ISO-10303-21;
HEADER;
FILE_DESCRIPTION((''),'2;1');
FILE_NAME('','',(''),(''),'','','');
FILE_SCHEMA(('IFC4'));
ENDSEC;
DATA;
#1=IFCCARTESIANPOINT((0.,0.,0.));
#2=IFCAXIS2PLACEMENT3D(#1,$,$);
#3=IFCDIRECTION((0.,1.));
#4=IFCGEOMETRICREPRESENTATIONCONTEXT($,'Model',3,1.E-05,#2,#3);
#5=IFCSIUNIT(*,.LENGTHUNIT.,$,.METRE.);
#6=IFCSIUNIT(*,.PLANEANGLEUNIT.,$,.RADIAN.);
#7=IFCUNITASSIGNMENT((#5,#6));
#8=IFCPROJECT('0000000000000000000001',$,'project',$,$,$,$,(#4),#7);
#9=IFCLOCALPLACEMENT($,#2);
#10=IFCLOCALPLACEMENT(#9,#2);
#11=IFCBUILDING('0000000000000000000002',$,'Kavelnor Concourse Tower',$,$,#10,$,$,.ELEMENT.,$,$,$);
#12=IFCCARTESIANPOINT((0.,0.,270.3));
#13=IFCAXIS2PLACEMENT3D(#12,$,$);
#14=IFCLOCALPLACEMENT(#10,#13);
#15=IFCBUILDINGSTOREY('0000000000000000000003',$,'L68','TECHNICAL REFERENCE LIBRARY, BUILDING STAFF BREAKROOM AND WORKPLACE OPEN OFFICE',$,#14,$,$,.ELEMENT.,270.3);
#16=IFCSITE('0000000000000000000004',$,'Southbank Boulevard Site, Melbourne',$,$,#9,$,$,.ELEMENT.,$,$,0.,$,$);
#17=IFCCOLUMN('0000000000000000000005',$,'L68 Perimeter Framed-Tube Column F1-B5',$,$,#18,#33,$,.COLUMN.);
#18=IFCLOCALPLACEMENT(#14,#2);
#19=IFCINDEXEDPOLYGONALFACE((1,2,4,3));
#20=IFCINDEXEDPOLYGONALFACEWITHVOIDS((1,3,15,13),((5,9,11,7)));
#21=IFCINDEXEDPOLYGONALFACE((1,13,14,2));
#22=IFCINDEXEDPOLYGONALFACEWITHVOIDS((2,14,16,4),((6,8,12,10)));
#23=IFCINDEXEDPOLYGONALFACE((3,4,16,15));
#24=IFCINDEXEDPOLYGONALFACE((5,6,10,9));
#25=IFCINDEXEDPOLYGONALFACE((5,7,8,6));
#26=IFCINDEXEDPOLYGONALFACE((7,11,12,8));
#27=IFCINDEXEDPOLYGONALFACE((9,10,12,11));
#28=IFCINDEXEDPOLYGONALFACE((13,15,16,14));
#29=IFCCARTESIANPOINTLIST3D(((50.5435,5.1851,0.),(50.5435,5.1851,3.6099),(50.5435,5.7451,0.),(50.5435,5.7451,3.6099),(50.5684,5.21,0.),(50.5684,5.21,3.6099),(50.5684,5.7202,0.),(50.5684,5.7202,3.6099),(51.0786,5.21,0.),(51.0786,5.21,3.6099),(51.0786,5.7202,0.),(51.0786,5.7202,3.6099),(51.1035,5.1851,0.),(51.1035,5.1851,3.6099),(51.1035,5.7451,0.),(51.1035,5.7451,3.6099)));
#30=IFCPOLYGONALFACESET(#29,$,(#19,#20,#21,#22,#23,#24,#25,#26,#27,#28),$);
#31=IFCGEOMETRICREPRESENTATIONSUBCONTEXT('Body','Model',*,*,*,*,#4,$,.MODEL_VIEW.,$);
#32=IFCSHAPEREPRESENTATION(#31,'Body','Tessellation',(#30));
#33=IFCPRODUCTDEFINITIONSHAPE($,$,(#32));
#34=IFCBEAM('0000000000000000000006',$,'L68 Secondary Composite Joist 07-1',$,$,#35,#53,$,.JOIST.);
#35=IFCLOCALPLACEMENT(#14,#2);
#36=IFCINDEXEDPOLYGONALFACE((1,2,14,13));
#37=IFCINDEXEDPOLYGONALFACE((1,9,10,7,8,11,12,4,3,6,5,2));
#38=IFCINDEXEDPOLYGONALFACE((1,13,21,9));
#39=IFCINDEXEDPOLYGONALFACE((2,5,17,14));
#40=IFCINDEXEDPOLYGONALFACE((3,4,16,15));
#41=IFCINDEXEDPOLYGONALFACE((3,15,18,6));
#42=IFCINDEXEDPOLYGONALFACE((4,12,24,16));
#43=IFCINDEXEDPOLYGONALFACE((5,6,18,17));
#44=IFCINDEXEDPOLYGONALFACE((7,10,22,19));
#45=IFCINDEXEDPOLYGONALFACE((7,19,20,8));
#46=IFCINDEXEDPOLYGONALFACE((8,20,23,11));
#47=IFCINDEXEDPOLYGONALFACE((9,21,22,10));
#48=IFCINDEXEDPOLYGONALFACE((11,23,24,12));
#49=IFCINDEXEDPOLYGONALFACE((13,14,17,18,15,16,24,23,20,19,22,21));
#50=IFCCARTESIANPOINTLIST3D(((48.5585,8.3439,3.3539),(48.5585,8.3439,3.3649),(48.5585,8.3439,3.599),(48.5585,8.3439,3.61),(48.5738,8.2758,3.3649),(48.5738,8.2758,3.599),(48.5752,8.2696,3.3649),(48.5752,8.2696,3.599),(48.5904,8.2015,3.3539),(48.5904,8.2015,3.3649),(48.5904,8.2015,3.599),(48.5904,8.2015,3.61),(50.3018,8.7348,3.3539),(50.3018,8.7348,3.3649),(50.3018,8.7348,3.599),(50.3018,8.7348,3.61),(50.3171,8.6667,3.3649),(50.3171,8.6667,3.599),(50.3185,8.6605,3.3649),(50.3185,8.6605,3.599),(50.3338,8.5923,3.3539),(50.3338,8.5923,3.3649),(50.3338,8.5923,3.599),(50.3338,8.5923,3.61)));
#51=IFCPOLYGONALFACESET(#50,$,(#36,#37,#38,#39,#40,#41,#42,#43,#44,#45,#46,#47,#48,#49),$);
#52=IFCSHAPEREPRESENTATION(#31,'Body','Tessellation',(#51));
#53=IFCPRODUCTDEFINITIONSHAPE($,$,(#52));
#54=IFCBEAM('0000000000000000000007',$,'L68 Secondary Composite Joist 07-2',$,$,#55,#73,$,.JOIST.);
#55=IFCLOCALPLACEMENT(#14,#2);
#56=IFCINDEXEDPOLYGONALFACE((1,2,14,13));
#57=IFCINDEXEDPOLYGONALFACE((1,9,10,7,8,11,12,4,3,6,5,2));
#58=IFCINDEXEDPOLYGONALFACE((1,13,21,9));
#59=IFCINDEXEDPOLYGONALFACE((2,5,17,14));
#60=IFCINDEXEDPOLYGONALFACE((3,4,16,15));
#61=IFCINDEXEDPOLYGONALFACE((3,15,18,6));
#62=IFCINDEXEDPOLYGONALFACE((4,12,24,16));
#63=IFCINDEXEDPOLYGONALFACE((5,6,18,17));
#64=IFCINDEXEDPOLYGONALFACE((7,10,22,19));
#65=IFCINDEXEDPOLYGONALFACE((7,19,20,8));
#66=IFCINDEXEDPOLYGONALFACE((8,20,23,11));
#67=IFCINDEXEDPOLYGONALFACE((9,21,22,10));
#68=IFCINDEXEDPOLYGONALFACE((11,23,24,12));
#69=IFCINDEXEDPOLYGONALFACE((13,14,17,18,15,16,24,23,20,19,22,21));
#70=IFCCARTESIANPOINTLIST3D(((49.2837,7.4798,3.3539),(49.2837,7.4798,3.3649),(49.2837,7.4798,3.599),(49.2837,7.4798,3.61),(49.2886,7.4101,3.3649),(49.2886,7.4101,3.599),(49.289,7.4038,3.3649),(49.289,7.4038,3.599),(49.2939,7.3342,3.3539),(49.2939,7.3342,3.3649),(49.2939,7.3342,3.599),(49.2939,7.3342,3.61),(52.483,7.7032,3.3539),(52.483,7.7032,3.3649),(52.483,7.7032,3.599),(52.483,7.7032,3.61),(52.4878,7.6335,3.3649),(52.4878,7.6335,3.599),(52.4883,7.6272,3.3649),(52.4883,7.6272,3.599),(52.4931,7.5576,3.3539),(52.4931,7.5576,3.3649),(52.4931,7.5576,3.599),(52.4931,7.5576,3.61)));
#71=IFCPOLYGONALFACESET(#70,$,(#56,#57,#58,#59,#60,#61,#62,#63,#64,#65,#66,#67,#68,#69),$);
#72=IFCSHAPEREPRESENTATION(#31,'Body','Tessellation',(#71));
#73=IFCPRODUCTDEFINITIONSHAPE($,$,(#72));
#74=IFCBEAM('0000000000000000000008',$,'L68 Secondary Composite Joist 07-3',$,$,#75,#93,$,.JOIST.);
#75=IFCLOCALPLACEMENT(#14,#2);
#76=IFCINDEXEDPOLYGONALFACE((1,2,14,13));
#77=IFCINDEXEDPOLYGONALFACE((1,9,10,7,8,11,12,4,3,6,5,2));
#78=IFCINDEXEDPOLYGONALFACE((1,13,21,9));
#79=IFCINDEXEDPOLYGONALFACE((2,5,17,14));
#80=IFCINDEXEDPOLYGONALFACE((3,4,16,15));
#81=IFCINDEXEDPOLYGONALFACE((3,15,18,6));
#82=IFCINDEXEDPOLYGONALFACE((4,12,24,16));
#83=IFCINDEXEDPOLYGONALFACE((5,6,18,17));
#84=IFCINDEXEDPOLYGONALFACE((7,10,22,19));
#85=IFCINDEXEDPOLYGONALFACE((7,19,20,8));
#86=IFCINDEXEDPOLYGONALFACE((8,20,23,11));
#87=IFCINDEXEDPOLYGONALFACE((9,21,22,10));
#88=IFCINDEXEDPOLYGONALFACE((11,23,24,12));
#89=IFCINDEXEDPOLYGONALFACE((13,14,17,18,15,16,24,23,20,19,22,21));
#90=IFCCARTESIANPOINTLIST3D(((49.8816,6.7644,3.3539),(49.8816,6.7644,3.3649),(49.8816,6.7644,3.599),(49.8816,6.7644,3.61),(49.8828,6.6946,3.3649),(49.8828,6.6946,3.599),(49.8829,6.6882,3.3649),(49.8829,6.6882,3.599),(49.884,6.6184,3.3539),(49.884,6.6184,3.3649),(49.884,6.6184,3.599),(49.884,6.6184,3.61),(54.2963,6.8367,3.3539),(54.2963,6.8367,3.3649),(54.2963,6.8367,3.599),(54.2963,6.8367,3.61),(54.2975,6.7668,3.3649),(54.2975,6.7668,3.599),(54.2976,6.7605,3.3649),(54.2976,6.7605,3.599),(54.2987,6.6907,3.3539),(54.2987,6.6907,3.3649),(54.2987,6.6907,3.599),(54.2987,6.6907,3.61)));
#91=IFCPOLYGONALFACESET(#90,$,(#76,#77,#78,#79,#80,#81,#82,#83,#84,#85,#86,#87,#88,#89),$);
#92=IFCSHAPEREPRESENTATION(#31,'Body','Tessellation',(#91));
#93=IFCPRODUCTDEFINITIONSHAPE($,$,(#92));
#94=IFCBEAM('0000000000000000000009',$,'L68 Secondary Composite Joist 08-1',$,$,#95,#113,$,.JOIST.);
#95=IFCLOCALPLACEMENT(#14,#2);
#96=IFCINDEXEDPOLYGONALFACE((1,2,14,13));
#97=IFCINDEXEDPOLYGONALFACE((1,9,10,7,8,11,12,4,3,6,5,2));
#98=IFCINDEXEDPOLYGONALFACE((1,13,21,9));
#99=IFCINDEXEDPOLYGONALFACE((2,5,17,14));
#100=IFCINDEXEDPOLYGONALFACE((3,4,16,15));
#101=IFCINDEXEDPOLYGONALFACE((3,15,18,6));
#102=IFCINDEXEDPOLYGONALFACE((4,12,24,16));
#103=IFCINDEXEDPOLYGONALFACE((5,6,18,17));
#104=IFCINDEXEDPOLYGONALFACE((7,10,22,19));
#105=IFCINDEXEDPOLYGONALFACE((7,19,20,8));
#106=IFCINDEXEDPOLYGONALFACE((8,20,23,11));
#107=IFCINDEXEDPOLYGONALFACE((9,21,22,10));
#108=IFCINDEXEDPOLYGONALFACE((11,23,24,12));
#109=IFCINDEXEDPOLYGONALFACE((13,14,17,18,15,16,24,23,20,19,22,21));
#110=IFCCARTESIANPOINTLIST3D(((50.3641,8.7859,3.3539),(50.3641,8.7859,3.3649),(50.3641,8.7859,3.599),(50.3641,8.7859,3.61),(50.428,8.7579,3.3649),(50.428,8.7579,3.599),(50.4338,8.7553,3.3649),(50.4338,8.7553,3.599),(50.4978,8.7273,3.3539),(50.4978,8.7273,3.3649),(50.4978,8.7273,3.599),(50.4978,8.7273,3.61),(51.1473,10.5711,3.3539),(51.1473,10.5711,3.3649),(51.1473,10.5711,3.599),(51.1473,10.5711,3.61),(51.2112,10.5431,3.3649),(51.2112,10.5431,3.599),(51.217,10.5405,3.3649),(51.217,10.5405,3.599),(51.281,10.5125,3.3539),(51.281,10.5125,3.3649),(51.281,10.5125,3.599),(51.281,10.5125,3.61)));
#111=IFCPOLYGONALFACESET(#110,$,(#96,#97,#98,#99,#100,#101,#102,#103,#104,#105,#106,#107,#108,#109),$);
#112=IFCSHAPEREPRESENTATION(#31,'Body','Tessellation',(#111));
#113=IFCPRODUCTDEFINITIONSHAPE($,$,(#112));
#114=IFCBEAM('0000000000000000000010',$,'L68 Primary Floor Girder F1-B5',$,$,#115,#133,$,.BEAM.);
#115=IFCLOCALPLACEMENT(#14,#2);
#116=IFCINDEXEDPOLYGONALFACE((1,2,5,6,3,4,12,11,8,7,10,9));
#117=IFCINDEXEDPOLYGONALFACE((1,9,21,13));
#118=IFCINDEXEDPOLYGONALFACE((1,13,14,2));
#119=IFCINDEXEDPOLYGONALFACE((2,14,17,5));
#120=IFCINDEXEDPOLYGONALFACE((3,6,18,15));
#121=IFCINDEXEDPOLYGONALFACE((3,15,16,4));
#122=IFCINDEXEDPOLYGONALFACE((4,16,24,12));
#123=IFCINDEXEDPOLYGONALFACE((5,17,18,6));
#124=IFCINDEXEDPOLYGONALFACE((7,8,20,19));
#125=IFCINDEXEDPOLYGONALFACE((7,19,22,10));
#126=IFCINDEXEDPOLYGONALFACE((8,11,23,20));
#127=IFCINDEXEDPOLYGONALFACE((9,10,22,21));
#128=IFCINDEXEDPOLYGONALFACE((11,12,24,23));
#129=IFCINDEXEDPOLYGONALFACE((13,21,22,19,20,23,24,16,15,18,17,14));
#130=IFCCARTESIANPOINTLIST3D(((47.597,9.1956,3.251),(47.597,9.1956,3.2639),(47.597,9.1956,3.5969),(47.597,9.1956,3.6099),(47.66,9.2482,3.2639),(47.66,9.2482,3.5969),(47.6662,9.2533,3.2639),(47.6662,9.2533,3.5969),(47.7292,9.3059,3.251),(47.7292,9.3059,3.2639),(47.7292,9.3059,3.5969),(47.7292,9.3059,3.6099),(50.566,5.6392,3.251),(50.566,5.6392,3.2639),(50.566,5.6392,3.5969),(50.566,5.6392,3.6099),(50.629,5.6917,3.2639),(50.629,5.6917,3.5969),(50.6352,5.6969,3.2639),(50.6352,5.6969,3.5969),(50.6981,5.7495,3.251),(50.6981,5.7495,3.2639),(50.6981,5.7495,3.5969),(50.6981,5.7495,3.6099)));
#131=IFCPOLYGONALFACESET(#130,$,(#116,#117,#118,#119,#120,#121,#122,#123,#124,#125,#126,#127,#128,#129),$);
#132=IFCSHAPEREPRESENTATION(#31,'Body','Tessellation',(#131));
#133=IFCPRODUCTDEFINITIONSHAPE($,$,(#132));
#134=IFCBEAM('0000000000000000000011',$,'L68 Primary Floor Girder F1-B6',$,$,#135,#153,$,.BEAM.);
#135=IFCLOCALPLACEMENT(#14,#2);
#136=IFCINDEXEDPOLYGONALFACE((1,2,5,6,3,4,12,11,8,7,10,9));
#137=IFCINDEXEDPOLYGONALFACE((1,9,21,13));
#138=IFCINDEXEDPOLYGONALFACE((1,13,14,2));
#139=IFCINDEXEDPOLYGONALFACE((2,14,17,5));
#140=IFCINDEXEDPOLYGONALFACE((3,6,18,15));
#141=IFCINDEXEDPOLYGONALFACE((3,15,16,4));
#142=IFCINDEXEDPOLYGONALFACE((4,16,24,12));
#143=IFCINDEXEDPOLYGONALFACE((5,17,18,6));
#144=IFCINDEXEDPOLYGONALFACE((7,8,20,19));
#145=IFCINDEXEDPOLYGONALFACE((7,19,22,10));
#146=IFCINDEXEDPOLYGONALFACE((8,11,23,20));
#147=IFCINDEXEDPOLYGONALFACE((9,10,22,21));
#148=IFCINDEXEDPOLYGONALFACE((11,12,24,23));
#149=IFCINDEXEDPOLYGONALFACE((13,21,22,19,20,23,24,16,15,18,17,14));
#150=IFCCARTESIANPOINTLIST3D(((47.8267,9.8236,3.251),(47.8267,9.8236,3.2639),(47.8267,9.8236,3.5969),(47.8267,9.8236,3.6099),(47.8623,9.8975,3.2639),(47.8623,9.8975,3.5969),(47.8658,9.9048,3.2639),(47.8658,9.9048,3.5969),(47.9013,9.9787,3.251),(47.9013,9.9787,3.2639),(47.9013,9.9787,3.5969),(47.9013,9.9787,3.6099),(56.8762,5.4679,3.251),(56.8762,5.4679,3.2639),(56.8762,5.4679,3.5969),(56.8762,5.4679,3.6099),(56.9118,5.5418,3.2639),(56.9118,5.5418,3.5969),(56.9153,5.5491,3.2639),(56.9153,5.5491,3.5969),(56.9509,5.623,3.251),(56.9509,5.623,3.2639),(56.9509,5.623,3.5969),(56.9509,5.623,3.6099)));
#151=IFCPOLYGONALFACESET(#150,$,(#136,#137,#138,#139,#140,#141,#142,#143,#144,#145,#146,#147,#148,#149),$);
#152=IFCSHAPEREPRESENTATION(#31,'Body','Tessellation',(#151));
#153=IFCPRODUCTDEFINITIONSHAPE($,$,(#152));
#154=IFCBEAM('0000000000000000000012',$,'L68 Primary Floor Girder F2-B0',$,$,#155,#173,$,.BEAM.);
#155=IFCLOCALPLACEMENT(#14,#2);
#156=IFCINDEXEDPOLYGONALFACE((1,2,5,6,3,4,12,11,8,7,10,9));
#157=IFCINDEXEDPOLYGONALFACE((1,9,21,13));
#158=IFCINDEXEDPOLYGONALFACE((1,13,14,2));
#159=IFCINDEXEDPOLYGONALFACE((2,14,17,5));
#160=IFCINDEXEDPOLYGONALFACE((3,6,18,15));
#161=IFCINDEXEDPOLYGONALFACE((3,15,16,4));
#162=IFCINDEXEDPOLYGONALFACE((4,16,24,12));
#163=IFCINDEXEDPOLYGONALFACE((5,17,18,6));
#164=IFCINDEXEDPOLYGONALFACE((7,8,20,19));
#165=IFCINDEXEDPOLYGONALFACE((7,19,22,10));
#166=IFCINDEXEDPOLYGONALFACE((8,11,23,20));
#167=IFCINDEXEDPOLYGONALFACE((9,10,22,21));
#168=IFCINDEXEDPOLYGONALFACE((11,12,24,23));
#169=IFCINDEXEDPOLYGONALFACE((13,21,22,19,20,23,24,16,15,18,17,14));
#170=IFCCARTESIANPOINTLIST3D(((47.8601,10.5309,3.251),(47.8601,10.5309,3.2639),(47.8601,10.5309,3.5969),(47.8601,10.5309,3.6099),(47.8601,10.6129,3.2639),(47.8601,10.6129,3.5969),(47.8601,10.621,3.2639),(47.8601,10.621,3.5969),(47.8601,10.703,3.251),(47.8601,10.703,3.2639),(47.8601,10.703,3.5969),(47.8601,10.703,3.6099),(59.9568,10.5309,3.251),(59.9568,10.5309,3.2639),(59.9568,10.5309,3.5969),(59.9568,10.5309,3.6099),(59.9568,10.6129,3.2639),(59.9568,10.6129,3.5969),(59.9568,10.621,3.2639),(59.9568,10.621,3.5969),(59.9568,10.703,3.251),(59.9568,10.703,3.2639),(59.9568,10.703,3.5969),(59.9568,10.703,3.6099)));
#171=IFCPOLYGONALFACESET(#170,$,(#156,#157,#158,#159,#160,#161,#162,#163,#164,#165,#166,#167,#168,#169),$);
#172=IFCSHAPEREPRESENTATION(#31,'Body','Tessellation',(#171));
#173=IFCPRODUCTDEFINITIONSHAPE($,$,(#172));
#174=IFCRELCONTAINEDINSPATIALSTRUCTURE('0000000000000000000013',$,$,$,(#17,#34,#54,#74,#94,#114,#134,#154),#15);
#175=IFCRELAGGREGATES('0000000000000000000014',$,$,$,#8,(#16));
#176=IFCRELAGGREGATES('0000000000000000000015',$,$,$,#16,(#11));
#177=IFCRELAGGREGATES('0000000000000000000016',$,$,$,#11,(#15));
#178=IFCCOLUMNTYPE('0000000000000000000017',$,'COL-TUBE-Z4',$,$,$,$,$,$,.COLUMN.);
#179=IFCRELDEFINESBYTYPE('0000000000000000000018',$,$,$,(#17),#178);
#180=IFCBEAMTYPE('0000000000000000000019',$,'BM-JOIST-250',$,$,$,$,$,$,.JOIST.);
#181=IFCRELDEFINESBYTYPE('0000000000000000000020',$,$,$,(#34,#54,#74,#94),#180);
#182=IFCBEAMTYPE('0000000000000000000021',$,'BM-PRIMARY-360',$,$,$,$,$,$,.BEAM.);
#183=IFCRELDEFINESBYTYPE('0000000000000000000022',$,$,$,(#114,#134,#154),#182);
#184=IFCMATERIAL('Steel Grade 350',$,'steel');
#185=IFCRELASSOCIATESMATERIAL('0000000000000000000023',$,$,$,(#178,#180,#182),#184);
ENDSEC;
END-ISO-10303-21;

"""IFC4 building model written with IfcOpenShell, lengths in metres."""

from ifc_helpers import new_model, si_unit, direction, frame, origin, origin_2d, place, context, subcontext, project, spatial, hollow_rectangle, i_section, extrude, material, material_profile, profile_set, type_object, element, save


model = new_model("IFC4")

# Units and contexts
model_context = context("Model", 3, precision=1e-05, world=origin(), true_north=direction((0.0, 1.0)))
body_context = subcontext(model_context, "Body", "Model", "MODEL_VIEW")
ifc_project = project(units=[si_unit("LENGTHUNIT", "METRE"), si_unit("PLANEANGLEUNIT", "RADIAN")], contexts=[model_context])

# Site, building, storey
site_placement = place(None, origin())
site = spatial("IfcSite", under=ifc_project, at=site_placement, Name="Southbank Boulevard Site, Melbourne", CompositionType="ELEMENT", RefElevation=0.0)
building_placement = place(site_placement, origin())
building = spatial("IfcBuilding", under=site, at=building_placement, Name="Kavelnor Concourse Tower", CompositionType="ELEMENT")
storey_placement = place(building_placement, frame((0.0, 0.0, 270.3)))
storey = spatial("IfcBuildingStorey", under=building, at=storey_placement, Name="L68", Description="TECHNICAL REFERENCE LIBRARY, BUILDING STAFF BREAKROOM AND WORKPLACE OPEN OFFICE", CompositionType="ELEMENT", Elevation=270.3)

# Column
ifc_material_1 = material(Name="Steel Grade 350", Category="steel")
ifc_material_profile_1 = material_profile(ifc_material_1, hollow_rectangle(XDim=0.5601, YDim=0.5601, WallThickness=0.0249, at=origin_2d()), Name="SHS 560x560x25")
ifc_profile_set_1 = profile_set([ifc_material_profile_1], Name="Steel Grade 350")
column_type = type_object("IfcColumnType", Name="COL-TUBE-Z4", PredefinedType="COLUMN", material=ifc_profile_set_1)
column_placement = place(storey_placement, frame((50.8235, 5.4651, 0.0), z_axis=(0.0, 0.0, 1.0), x_axis=(1.0, 0.0, 0.0)))
element("IfcColumn", 1, at=column_placement, inside=storey, type_object=column_type, Name="L68 Perimeter Framed-Tube Column F1-B5", PredefinedType="COLUMN", context=body_context, shape_type="SweptSolid", body=[
    extrude(hollow_rectangle(XDim=0.5601, YDim=0.5601, WallThickness=0.0249, at=origin_2d()), origin(), (0.0, 0.0, 1.0), 3.6099),
])

# Beams
ifc_material_profile_2 = material_profile(ifc_material_1, i_section(OverallWidth=0.146, OverallDepth=0.2561, WebThickness=0.0063, FlangeThickness=0.011, at=origin_2d()), Name="250UB37")
ifc_profile_set_2 = profile_set([ifc_material_profile_2], Name="Steel Grade 350")
beam_type_1 = type_object("IfcBeamType", Name="BM-JOIST-250", PredefinedType="JOIST", material=ifc_profile_set_2)
beam_1_placement = place(storey_placement, frame((48.5745, 8.2727, 3.4819), z_axis=(0.975777, 0.218768, 0.0), x_axis=(-0.218768, 0.975777, 0.0)))
element("IfcBeam", 2, at=beam_1_placement, inside=storey, type_object=beam_type_1, Name="L68 Secondary Composite Joist 07-1", PredefinedType="JOIST", context=body_context, shape_type="SweptSolid", body=[
    extrude(i_section(OverallWidth=0.146, OverallDepth=0.2561, WebThickness=0.0063, FlangeThickness=0.011, at=origin_2d()), origin(), (0.0, 0.0, 1.0), 1.7866),
])
beam_2_placement = place(storey_placement, frame((49.2888, 7.407, 3.4819), z_axis=(0.997571, 0.069656, 0.0), x_axis=(-0.069656, 0.997571, 0.0)))
element("IfcBeam", 3, at=beam_2_placement, inside=storey, type_object=beam_type_1, Name="L68 Secondary Composite Joist 07-2", PredefinedType="JOIST", context=body_context, shape_type="SweptSolid", body=[
    extrude(i_section(OverallWidth=0.146, OverallDepth=0.2561, WebThickness=0.0063, FlangeThickness=0.011, at=origin_2d()), origin(), (0.0, 0.0, 1.0), 3.207),
])
beam_3_placement = place(storey_placement, frame((49.8828, 6.6914, 3.4819), z_axis=(0.999866, 0.016367, 0.0), x_axis=(-0.016367, 0.999866, 0.0)))
element("IfcBeam", 4, at=beam_3_placement, inside=storey, type_object=beam_type_1, Name="L68 Secondary Composite Joist 07-3", PredefinedType="JOIST", context=body_context, shape_type="SweptSolid", body=[
    extrude(i_section(OverallWidth=0.146, OverallDepth=0.2561, WebThickness=0.0063, FlangeThickness=0.011, at=origin_2d()), origin(), (0.0, 0.0, 1.0), 4.4153),
])
beam_4_placement = place(storey_placement, frame((50.4309, 8.7566, 3.4819), z_axis=(0.401765, 0.915743, 0.0), x_axis=(-0.915743, 0.401765, 0.0)))
element("IfcBeam", 5, at=beam_4_placement, inside=storey, type_object=beam_type_1, Name="L68 Secondary Composite Joist 08-1", PredefinedType="JOIST", context=body_context, shape_type="SweptSolid", body=[
    extrude(i_section(OverallWidth=0.146, OverallDepth=0.2561, WebThickness=0.0063, FlangeThickness=0.011, at=origin_2d()), origin(), (0.0, 0.0, 1.0), 1.9495),
])
ifc_material_profile_3 = material_profile(ifc_material_1, i_section(OverallWidth=0.1721, OverallDepth=0.3589, WebThickness=0.0081, FlangeThickness=0.0129, at=origin_2d()), Name="360UB56")
ifc_profile_set_3 = profile_set([ifc_material_profile_3], Name="Steel Grade 350")
beam_type_2 = type_object("IfcBeamType", Name="BM-PRIMARY-360", PredefinedType="BEAM", material=ifc_profile_set_3)
beam_5_placement = place(storey_placement, frame((47.6631, 9.2507, 3.4304), z_axis=(0.640863, -0.767655, 0.0), x_axis=(0.767655, 0.640863, 0.0)))
element("IfcBeam", 6, at=beam_5_placement, inside=storey, type_object=beam_type_2, Name="L68 Primary Floor Girder F1-B5", PredefinedType="BEAM", context=body_context, shape_type="SweptSolid", body=[
    extrude(i_section(OverallWidth=0.1721, OverallDepth=0.3589, WebThickness=0.0081, FlangeThickness=0.0129, at=origin_2d()), origin(), (0.0, 0.0, 1.0), 4.6328),
])
beam_6_placement = place(storey_placement, frame((47.864, 9.9011, 3.4304), z_axis=(0.901059, -0.433696, 0.0), x_axis=(0.433696, 0.901059, 0.0)))
element("IfcBeam", 7, at=beam_6_placement, inside=storey, type_object=beam_type_2, Name="L68 Primary Floor Girder F1-B6", PredefinedType="BEAM", context=body_context, shape_type="SweptSolid", body=[
    extrude(i_section(OverallWidth=0.1721, OverallDepth=0.3589, WebThickness=0.0081, FlangeThickness=0.0129, at=origin_2d()), origin(), (0.0, 0.0, 1.0), 10.0432),
])
beam_7_placement = place(storey_placement, frame((47.8601, 10.6169, 3.4304), z_axis=(1.0, 0.0, 0.0), x_axis=(0.0, 1.0, 0.0)))
element("IfcBeam", 8, at=beam_7_placement, inside=storey, type_object=beam_type_2, Name="L68 Primary Floor Girder F2-B0", PredefinedType="BEAM", context=body_context, shape_type="SweptSolid", body=[
    extrude(i_section(OverallWidth=0.1721, OverallDepth=0.3589, WebThickness=0.0081, FlangeThickness=0.0129, at=origin_2d()), origin(), (0.0, 0.0, 1.0), 12.0967),
])

save(model, "model.ifc")
